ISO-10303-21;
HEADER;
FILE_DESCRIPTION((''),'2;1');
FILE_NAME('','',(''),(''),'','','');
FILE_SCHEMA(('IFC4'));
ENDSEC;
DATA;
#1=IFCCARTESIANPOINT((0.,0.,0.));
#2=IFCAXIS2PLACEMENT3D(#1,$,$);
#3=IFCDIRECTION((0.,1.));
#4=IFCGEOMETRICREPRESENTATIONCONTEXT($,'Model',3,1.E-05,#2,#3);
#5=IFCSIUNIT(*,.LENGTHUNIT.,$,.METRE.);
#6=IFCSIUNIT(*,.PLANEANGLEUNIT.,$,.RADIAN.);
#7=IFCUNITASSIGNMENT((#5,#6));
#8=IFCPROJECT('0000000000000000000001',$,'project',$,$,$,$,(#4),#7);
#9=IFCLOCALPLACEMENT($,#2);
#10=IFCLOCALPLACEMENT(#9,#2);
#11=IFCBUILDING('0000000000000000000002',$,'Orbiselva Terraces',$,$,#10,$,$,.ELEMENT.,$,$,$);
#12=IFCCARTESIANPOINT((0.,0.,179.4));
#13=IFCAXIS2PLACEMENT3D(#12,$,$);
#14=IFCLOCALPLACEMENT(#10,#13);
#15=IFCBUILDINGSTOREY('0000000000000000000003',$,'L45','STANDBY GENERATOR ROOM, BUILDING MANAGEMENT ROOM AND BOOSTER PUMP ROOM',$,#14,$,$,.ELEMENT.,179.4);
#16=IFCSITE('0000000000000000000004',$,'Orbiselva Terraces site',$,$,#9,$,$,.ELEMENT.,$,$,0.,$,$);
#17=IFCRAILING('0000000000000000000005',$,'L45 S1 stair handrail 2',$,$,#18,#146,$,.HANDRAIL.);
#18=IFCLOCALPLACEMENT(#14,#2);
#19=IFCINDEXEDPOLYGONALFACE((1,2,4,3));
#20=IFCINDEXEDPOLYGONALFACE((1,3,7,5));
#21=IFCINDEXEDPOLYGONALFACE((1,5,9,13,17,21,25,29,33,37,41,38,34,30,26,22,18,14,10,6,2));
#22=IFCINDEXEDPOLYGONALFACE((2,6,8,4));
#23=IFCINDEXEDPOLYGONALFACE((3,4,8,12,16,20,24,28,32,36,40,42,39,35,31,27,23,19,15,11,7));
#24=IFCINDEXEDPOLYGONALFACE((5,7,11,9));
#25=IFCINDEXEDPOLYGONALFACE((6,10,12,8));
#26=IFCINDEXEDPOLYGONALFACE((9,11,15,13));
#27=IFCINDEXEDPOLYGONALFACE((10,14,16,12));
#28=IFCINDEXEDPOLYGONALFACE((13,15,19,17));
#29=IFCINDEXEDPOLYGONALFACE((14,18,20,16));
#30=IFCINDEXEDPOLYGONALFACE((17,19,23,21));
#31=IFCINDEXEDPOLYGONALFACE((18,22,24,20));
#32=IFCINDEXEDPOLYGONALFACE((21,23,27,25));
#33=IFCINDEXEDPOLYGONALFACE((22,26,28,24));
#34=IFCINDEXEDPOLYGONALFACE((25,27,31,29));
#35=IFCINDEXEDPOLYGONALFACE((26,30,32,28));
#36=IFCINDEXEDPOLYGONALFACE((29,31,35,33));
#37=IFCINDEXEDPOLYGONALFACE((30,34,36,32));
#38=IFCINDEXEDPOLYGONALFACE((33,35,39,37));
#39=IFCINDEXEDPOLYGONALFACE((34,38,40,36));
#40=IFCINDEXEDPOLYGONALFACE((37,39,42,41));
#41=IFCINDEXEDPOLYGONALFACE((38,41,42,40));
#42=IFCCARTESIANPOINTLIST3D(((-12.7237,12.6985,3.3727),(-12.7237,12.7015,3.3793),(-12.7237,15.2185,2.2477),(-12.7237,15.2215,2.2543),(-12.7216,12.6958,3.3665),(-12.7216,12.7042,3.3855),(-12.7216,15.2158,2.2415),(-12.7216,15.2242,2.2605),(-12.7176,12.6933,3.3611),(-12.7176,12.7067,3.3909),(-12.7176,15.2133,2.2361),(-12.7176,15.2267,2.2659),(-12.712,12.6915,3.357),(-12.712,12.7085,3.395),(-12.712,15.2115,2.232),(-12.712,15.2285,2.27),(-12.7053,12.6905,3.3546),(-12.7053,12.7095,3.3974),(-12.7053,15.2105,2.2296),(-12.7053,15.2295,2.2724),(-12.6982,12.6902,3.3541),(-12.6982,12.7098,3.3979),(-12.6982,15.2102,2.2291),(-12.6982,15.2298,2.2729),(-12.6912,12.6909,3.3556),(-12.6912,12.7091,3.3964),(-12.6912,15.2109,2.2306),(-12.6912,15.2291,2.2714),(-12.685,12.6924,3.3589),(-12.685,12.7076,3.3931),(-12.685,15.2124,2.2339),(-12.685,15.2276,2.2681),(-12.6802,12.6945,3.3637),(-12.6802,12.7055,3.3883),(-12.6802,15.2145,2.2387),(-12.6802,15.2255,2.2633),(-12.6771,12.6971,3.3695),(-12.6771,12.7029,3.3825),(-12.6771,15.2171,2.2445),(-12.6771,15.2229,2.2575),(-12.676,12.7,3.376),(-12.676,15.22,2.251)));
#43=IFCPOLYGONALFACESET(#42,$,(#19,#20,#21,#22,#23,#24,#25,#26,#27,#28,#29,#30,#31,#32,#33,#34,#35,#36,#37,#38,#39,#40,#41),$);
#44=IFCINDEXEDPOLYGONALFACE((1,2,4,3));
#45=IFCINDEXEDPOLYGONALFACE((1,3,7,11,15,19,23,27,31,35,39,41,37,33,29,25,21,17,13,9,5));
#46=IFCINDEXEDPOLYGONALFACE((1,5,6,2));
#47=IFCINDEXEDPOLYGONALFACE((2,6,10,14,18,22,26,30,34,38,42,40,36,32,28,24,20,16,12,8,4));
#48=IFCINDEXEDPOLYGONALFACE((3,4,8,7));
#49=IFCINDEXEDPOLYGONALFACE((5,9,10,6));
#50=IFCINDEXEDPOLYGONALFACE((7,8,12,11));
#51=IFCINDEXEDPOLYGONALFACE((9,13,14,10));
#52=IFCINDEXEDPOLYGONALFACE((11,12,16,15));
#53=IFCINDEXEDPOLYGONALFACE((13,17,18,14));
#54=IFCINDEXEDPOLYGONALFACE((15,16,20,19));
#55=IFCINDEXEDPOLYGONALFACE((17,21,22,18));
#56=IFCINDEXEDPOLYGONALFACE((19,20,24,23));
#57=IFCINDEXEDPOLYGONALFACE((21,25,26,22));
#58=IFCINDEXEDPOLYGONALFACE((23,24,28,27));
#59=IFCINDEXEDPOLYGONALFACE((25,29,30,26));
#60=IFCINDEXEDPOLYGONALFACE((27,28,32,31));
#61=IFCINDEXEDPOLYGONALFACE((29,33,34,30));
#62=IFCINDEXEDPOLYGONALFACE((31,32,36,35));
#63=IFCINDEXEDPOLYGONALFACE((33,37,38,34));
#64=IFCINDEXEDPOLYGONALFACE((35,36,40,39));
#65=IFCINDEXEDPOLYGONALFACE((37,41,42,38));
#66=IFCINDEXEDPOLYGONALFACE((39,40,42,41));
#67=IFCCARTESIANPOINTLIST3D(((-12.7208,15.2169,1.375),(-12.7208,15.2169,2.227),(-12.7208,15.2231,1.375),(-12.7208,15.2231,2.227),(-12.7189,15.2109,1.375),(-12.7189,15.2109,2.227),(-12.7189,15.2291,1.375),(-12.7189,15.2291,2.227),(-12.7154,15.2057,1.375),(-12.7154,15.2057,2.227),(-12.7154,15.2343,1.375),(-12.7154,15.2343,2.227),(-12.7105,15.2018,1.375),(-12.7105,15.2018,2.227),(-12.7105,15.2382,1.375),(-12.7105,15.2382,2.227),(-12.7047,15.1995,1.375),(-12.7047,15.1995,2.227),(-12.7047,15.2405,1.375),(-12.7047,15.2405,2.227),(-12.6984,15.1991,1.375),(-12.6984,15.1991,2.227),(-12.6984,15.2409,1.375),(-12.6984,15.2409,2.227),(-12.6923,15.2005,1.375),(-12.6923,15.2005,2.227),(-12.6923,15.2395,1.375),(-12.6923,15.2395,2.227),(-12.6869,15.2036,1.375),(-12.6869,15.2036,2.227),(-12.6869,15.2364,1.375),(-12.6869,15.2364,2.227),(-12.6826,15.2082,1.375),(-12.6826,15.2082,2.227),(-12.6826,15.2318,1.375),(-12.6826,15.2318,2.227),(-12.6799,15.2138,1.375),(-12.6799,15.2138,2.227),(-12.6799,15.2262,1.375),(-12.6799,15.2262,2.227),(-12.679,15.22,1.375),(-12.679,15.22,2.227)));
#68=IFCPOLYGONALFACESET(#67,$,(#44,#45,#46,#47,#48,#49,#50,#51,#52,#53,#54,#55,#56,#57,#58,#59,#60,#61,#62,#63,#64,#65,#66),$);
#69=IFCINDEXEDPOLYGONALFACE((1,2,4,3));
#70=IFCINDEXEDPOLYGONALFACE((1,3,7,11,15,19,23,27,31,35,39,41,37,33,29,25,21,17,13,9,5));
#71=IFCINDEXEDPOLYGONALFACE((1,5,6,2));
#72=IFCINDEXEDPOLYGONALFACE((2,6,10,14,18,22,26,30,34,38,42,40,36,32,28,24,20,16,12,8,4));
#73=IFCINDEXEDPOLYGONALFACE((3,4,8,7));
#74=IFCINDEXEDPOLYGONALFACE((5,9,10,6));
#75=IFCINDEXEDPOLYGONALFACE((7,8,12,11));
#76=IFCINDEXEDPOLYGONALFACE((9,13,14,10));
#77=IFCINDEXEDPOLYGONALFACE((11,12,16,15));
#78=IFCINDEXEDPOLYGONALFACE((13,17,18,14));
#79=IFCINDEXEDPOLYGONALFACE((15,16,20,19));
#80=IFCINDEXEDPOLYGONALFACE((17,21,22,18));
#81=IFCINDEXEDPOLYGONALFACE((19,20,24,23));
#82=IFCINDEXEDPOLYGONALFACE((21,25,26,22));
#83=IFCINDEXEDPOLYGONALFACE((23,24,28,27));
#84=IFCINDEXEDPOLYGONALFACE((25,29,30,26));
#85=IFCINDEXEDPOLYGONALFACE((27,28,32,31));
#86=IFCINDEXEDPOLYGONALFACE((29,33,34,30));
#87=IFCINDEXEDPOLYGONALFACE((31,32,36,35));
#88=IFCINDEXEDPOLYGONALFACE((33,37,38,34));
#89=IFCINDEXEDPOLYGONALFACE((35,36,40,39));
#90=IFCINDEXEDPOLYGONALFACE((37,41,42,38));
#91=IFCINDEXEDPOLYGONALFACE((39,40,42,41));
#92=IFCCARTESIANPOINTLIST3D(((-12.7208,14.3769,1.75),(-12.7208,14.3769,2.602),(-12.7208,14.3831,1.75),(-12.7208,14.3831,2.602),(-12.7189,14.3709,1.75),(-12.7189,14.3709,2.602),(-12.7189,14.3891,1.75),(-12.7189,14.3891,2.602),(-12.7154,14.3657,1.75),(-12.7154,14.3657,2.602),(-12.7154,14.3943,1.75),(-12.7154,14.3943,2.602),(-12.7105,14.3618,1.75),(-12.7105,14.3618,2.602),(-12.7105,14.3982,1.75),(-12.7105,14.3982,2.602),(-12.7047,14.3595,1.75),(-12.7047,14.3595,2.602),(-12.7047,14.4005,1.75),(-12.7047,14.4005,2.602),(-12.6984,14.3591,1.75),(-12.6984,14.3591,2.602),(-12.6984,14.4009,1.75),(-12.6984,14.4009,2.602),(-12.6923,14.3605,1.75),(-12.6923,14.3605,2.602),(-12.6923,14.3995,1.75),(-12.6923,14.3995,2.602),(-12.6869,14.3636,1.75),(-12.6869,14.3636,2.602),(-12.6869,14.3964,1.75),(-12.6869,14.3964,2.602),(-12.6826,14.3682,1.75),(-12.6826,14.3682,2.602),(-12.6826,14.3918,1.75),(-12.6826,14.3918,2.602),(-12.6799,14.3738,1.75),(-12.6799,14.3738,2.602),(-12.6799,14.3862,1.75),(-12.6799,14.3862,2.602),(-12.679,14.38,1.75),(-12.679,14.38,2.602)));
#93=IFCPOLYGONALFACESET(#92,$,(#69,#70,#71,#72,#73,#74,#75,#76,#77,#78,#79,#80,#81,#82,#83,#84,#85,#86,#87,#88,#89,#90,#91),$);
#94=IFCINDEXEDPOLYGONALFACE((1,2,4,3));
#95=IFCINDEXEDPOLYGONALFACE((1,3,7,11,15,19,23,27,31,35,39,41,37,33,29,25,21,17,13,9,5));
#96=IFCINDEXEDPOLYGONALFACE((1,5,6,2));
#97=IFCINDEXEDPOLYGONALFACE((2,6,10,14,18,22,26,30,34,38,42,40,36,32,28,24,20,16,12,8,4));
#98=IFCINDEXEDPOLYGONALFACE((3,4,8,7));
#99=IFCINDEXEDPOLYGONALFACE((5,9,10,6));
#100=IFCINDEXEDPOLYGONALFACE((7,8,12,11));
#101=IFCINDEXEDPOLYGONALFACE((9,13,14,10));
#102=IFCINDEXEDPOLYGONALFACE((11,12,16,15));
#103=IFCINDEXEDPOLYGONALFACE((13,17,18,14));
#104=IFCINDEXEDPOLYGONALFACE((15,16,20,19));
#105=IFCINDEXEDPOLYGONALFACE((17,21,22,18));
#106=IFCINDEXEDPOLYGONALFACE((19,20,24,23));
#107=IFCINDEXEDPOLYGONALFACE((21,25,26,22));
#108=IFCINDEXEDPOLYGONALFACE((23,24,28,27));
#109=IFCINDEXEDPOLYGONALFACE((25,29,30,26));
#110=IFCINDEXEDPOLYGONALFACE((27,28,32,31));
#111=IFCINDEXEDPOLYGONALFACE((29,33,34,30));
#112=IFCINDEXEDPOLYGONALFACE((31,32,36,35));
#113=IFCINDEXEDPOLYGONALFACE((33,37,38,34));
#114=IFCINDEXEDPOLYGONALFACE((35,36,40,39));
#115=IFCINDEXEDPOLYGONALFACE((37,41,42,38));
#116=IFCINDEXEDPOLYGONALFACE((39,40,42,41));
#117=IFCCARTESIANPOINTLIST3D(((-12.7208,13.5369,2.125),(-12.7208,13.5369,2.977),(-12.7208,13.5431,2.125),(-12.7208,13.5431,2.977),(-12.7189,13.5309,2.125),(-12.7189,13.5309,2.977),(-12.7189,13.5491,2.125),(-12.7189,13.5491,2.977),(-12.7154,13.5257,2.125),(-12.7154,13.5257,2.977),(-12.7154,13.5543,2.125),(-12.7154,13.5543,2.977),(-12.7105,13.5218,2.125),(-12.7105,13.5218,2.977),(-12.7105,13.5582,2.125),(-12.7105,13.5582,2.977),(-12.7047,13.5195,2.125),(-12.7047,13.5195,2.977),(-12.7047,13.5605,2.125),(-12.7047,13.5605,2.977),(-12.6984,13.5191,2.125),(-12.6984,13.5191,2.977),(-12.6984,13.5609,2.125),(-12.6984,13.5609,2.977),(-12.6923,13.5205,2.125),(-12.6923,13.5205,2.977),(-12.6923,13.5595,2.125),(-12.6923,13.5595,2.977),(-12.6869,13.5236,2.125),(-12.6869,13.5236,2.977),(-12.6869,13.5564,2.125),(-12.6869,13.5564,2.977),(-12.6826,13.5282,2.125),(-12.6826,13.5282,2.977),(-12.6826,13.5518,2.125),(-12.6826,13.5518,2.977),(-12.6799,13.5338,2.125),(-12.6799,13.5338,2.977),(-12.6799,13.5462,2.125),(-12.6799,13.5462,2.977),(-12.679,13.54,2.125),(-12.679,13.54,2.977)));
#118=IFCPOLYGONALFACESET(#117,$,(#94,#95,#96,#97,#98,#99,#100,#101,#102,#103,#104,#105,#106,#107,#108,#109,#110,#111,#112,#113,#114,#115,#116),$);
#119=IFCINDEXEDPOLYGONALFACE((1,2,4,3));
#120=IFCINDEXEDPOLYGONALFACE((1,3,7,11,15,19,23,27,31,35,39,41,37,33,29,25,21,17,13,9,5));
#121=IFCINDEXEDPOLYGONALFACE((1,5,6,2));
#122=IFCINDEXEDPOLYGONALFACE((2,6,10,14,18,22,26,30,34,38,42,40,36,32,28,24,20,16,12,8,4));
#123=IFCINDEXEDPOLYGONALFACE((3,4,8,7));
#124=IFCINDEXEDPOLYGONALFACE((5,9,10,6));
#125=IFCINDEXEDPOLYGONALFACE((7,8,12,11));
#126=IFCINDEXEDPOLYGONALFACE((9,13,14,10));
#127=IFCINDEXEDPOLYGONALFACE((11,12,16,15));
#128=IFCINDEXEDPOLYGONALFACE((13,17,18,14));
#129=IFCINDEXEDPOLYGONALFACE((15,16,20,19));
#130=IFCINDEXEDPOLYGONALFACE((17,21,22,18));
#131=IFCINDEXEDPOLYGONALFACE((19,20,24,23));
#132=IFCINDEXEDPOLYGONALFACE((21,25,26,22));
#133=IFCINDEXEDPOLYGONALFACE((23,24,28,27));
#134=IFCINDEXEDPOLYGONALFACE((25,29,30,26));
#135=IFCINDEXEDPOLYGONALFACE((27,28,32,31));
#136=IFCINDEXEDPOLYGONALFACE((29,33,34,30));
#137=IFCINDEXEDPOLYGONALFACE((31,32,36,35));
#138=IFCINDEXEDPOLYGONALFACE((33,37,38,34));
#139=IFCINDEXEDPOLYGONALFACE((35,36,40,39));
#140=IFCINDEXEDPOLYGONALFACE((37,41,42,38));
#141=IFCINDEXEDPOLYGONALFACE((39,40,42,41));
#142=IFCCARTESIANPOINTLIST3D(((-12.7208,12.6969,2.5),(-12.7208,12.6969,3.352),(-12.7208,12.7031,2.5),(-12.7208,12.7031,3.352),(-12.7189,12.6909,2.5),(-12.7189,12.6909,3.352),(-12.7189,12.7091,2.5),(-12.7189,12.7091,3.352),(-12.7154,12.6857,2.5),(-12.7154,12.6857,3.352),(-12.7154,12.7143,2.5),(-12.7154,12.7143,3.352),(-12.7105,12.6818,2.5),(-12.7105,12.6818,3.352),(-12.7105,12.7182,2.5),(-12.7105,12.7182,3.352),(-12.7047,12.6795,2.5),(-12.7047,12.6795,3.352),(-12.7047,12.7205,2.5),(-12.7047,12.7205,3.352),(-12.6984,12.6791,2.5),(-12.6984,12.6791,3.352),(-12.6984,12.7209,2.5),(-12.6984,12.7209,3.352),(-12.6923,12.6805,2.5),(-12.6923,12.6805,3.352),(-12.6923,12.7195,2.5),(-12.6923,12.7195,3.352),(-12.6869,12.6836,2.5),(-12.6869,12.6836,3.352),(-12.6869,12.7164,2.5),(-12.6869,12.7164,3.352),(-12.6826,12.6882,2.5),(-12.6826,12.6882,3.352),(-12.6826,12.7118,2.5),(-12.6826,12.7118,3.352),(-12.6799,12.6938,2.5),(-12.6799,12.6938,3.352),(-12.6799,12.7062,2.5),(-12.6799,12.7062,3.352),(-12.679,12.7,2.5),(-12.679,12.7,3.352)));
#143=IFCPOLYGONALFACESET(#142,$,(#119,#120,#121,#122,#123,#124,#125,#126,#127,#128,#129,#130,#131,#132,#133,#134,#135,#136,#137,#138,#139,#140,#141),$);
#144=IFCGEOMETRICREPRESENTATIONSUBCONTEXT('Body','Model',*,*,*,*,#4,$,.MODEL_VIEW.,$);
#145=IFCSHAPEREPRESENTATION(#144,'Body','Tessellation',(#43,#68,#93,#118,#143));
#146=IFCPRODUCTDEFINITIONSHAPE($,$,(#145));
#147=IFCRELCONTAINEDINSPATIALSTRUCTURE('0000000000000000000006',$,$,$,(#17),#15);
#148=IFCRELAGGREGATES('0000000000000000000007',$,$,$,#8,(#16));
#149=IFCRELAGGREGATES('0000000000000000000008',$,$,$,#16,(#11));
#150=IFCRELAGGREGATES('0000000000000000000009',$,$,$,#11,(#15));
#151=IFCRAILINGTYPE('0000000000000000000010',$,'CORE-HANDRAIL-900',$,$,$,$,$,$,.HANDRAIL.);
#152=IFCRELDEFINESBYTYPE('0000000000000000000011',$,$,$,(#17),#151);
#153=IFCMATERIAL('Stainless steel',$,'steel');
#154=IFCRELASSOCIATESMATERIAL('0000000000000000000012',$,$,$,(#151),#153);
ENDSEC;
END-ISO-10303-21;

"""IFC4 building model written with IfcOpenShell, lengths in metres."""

from ifc_helpers import new_model, si_unit, direction, frame, origin, origin_2d, place, context, subcontext, project, spatial, circle, extrude, material, type_object, element, save


model = new_model("IFC4")

# Units and contexts
model_context = context("Model", 3, precision=1e-05, world=origin(), true_north=direction((0.0, 1.0)))
body_context = subcontext(model_context, "Body", "Model", "MODEL_VIEW")
ifc_project = project(units=[si_unit("LENGTHUNIT", "METRE"), si_unit("PLANEANGLEUNIT", "RADIAN")], contexts=[model_context])

# Site, building, storey
site_placement = place(None, origin())
site = spatial("IfcSite", under=ifc_project, at=site_placement, Name="Orbiselva Terraces site", CompositionType="ELEMENT", RefElevation=0.0)
building_placement = place(site_placement, origin())
building = spatial("IfcBuilding", under=site, at=building_placement, Name="Orbiselva Terraces", CompositionType="ELEMENT")
storey_placement = place(building_placement, frame((0.0, 0.0, 179.4)))
storey = spatial("IfcBuildingStorey", under=building, at=storey_placement, Name="L45", Description="STANDBY GENERATOR ROOM, BUILDING MANAGEMENT ROOM AND BOOSTER PUMP ROOM", CompositionType="ELEMENT", Elevation=179.4)

# Railing
ifc_material_1 = material(Name="Stainless steel", Category="steel")
railing_type = type_object("IfcRailingType", Name="CORE-HANDRAIL-900", PredefinedType="HANDRAIL", material=ifc_material_1)
railing_1_placement = place(storey_placement, frame((-12.7, 15.22, 1.375)))
element("IfcRailing", 1, at=railing_1_placement, inside=storey, type_object=railing_type, Name="L45 S1 stair handrail 2", PredefinedType="HANDRAIL", context=body_context, shape_type="SweptSolid", body=[
    extrude(circle(Radius=0.024, at=origin_2d()), frame((0.0, 0.0, 0.876), z_axis=(0.0, -0.913138, 0.407651), x_axis=(1.0, 0.0, 0.0)), (0.0, 0.0, 1.0), 2.7597),
    extrude(circle(Radius=0.021, at=origin_2d()), origin(), (0.0, 0.0, 1.0), 0.852),
    extrude(circle(Radius=0.021, at=origin_2d()), frame((0.0, -0.84, 0.375)), (0.0, 0.0, 1.0), 0.852),
    extrude(circle(Radius=0.021, at=origin_2d()), frame((0.0, -1.68, 0.75)), (0.0, 0.0, 1.0), 0.852),
    extrude(circle(Radius=0.021, at=origin_2d()), frame((0.0, -2.52, 1.125)), (0.0, 0.0, 1.0), 0.852),
])

save(model, "model.ifc")
